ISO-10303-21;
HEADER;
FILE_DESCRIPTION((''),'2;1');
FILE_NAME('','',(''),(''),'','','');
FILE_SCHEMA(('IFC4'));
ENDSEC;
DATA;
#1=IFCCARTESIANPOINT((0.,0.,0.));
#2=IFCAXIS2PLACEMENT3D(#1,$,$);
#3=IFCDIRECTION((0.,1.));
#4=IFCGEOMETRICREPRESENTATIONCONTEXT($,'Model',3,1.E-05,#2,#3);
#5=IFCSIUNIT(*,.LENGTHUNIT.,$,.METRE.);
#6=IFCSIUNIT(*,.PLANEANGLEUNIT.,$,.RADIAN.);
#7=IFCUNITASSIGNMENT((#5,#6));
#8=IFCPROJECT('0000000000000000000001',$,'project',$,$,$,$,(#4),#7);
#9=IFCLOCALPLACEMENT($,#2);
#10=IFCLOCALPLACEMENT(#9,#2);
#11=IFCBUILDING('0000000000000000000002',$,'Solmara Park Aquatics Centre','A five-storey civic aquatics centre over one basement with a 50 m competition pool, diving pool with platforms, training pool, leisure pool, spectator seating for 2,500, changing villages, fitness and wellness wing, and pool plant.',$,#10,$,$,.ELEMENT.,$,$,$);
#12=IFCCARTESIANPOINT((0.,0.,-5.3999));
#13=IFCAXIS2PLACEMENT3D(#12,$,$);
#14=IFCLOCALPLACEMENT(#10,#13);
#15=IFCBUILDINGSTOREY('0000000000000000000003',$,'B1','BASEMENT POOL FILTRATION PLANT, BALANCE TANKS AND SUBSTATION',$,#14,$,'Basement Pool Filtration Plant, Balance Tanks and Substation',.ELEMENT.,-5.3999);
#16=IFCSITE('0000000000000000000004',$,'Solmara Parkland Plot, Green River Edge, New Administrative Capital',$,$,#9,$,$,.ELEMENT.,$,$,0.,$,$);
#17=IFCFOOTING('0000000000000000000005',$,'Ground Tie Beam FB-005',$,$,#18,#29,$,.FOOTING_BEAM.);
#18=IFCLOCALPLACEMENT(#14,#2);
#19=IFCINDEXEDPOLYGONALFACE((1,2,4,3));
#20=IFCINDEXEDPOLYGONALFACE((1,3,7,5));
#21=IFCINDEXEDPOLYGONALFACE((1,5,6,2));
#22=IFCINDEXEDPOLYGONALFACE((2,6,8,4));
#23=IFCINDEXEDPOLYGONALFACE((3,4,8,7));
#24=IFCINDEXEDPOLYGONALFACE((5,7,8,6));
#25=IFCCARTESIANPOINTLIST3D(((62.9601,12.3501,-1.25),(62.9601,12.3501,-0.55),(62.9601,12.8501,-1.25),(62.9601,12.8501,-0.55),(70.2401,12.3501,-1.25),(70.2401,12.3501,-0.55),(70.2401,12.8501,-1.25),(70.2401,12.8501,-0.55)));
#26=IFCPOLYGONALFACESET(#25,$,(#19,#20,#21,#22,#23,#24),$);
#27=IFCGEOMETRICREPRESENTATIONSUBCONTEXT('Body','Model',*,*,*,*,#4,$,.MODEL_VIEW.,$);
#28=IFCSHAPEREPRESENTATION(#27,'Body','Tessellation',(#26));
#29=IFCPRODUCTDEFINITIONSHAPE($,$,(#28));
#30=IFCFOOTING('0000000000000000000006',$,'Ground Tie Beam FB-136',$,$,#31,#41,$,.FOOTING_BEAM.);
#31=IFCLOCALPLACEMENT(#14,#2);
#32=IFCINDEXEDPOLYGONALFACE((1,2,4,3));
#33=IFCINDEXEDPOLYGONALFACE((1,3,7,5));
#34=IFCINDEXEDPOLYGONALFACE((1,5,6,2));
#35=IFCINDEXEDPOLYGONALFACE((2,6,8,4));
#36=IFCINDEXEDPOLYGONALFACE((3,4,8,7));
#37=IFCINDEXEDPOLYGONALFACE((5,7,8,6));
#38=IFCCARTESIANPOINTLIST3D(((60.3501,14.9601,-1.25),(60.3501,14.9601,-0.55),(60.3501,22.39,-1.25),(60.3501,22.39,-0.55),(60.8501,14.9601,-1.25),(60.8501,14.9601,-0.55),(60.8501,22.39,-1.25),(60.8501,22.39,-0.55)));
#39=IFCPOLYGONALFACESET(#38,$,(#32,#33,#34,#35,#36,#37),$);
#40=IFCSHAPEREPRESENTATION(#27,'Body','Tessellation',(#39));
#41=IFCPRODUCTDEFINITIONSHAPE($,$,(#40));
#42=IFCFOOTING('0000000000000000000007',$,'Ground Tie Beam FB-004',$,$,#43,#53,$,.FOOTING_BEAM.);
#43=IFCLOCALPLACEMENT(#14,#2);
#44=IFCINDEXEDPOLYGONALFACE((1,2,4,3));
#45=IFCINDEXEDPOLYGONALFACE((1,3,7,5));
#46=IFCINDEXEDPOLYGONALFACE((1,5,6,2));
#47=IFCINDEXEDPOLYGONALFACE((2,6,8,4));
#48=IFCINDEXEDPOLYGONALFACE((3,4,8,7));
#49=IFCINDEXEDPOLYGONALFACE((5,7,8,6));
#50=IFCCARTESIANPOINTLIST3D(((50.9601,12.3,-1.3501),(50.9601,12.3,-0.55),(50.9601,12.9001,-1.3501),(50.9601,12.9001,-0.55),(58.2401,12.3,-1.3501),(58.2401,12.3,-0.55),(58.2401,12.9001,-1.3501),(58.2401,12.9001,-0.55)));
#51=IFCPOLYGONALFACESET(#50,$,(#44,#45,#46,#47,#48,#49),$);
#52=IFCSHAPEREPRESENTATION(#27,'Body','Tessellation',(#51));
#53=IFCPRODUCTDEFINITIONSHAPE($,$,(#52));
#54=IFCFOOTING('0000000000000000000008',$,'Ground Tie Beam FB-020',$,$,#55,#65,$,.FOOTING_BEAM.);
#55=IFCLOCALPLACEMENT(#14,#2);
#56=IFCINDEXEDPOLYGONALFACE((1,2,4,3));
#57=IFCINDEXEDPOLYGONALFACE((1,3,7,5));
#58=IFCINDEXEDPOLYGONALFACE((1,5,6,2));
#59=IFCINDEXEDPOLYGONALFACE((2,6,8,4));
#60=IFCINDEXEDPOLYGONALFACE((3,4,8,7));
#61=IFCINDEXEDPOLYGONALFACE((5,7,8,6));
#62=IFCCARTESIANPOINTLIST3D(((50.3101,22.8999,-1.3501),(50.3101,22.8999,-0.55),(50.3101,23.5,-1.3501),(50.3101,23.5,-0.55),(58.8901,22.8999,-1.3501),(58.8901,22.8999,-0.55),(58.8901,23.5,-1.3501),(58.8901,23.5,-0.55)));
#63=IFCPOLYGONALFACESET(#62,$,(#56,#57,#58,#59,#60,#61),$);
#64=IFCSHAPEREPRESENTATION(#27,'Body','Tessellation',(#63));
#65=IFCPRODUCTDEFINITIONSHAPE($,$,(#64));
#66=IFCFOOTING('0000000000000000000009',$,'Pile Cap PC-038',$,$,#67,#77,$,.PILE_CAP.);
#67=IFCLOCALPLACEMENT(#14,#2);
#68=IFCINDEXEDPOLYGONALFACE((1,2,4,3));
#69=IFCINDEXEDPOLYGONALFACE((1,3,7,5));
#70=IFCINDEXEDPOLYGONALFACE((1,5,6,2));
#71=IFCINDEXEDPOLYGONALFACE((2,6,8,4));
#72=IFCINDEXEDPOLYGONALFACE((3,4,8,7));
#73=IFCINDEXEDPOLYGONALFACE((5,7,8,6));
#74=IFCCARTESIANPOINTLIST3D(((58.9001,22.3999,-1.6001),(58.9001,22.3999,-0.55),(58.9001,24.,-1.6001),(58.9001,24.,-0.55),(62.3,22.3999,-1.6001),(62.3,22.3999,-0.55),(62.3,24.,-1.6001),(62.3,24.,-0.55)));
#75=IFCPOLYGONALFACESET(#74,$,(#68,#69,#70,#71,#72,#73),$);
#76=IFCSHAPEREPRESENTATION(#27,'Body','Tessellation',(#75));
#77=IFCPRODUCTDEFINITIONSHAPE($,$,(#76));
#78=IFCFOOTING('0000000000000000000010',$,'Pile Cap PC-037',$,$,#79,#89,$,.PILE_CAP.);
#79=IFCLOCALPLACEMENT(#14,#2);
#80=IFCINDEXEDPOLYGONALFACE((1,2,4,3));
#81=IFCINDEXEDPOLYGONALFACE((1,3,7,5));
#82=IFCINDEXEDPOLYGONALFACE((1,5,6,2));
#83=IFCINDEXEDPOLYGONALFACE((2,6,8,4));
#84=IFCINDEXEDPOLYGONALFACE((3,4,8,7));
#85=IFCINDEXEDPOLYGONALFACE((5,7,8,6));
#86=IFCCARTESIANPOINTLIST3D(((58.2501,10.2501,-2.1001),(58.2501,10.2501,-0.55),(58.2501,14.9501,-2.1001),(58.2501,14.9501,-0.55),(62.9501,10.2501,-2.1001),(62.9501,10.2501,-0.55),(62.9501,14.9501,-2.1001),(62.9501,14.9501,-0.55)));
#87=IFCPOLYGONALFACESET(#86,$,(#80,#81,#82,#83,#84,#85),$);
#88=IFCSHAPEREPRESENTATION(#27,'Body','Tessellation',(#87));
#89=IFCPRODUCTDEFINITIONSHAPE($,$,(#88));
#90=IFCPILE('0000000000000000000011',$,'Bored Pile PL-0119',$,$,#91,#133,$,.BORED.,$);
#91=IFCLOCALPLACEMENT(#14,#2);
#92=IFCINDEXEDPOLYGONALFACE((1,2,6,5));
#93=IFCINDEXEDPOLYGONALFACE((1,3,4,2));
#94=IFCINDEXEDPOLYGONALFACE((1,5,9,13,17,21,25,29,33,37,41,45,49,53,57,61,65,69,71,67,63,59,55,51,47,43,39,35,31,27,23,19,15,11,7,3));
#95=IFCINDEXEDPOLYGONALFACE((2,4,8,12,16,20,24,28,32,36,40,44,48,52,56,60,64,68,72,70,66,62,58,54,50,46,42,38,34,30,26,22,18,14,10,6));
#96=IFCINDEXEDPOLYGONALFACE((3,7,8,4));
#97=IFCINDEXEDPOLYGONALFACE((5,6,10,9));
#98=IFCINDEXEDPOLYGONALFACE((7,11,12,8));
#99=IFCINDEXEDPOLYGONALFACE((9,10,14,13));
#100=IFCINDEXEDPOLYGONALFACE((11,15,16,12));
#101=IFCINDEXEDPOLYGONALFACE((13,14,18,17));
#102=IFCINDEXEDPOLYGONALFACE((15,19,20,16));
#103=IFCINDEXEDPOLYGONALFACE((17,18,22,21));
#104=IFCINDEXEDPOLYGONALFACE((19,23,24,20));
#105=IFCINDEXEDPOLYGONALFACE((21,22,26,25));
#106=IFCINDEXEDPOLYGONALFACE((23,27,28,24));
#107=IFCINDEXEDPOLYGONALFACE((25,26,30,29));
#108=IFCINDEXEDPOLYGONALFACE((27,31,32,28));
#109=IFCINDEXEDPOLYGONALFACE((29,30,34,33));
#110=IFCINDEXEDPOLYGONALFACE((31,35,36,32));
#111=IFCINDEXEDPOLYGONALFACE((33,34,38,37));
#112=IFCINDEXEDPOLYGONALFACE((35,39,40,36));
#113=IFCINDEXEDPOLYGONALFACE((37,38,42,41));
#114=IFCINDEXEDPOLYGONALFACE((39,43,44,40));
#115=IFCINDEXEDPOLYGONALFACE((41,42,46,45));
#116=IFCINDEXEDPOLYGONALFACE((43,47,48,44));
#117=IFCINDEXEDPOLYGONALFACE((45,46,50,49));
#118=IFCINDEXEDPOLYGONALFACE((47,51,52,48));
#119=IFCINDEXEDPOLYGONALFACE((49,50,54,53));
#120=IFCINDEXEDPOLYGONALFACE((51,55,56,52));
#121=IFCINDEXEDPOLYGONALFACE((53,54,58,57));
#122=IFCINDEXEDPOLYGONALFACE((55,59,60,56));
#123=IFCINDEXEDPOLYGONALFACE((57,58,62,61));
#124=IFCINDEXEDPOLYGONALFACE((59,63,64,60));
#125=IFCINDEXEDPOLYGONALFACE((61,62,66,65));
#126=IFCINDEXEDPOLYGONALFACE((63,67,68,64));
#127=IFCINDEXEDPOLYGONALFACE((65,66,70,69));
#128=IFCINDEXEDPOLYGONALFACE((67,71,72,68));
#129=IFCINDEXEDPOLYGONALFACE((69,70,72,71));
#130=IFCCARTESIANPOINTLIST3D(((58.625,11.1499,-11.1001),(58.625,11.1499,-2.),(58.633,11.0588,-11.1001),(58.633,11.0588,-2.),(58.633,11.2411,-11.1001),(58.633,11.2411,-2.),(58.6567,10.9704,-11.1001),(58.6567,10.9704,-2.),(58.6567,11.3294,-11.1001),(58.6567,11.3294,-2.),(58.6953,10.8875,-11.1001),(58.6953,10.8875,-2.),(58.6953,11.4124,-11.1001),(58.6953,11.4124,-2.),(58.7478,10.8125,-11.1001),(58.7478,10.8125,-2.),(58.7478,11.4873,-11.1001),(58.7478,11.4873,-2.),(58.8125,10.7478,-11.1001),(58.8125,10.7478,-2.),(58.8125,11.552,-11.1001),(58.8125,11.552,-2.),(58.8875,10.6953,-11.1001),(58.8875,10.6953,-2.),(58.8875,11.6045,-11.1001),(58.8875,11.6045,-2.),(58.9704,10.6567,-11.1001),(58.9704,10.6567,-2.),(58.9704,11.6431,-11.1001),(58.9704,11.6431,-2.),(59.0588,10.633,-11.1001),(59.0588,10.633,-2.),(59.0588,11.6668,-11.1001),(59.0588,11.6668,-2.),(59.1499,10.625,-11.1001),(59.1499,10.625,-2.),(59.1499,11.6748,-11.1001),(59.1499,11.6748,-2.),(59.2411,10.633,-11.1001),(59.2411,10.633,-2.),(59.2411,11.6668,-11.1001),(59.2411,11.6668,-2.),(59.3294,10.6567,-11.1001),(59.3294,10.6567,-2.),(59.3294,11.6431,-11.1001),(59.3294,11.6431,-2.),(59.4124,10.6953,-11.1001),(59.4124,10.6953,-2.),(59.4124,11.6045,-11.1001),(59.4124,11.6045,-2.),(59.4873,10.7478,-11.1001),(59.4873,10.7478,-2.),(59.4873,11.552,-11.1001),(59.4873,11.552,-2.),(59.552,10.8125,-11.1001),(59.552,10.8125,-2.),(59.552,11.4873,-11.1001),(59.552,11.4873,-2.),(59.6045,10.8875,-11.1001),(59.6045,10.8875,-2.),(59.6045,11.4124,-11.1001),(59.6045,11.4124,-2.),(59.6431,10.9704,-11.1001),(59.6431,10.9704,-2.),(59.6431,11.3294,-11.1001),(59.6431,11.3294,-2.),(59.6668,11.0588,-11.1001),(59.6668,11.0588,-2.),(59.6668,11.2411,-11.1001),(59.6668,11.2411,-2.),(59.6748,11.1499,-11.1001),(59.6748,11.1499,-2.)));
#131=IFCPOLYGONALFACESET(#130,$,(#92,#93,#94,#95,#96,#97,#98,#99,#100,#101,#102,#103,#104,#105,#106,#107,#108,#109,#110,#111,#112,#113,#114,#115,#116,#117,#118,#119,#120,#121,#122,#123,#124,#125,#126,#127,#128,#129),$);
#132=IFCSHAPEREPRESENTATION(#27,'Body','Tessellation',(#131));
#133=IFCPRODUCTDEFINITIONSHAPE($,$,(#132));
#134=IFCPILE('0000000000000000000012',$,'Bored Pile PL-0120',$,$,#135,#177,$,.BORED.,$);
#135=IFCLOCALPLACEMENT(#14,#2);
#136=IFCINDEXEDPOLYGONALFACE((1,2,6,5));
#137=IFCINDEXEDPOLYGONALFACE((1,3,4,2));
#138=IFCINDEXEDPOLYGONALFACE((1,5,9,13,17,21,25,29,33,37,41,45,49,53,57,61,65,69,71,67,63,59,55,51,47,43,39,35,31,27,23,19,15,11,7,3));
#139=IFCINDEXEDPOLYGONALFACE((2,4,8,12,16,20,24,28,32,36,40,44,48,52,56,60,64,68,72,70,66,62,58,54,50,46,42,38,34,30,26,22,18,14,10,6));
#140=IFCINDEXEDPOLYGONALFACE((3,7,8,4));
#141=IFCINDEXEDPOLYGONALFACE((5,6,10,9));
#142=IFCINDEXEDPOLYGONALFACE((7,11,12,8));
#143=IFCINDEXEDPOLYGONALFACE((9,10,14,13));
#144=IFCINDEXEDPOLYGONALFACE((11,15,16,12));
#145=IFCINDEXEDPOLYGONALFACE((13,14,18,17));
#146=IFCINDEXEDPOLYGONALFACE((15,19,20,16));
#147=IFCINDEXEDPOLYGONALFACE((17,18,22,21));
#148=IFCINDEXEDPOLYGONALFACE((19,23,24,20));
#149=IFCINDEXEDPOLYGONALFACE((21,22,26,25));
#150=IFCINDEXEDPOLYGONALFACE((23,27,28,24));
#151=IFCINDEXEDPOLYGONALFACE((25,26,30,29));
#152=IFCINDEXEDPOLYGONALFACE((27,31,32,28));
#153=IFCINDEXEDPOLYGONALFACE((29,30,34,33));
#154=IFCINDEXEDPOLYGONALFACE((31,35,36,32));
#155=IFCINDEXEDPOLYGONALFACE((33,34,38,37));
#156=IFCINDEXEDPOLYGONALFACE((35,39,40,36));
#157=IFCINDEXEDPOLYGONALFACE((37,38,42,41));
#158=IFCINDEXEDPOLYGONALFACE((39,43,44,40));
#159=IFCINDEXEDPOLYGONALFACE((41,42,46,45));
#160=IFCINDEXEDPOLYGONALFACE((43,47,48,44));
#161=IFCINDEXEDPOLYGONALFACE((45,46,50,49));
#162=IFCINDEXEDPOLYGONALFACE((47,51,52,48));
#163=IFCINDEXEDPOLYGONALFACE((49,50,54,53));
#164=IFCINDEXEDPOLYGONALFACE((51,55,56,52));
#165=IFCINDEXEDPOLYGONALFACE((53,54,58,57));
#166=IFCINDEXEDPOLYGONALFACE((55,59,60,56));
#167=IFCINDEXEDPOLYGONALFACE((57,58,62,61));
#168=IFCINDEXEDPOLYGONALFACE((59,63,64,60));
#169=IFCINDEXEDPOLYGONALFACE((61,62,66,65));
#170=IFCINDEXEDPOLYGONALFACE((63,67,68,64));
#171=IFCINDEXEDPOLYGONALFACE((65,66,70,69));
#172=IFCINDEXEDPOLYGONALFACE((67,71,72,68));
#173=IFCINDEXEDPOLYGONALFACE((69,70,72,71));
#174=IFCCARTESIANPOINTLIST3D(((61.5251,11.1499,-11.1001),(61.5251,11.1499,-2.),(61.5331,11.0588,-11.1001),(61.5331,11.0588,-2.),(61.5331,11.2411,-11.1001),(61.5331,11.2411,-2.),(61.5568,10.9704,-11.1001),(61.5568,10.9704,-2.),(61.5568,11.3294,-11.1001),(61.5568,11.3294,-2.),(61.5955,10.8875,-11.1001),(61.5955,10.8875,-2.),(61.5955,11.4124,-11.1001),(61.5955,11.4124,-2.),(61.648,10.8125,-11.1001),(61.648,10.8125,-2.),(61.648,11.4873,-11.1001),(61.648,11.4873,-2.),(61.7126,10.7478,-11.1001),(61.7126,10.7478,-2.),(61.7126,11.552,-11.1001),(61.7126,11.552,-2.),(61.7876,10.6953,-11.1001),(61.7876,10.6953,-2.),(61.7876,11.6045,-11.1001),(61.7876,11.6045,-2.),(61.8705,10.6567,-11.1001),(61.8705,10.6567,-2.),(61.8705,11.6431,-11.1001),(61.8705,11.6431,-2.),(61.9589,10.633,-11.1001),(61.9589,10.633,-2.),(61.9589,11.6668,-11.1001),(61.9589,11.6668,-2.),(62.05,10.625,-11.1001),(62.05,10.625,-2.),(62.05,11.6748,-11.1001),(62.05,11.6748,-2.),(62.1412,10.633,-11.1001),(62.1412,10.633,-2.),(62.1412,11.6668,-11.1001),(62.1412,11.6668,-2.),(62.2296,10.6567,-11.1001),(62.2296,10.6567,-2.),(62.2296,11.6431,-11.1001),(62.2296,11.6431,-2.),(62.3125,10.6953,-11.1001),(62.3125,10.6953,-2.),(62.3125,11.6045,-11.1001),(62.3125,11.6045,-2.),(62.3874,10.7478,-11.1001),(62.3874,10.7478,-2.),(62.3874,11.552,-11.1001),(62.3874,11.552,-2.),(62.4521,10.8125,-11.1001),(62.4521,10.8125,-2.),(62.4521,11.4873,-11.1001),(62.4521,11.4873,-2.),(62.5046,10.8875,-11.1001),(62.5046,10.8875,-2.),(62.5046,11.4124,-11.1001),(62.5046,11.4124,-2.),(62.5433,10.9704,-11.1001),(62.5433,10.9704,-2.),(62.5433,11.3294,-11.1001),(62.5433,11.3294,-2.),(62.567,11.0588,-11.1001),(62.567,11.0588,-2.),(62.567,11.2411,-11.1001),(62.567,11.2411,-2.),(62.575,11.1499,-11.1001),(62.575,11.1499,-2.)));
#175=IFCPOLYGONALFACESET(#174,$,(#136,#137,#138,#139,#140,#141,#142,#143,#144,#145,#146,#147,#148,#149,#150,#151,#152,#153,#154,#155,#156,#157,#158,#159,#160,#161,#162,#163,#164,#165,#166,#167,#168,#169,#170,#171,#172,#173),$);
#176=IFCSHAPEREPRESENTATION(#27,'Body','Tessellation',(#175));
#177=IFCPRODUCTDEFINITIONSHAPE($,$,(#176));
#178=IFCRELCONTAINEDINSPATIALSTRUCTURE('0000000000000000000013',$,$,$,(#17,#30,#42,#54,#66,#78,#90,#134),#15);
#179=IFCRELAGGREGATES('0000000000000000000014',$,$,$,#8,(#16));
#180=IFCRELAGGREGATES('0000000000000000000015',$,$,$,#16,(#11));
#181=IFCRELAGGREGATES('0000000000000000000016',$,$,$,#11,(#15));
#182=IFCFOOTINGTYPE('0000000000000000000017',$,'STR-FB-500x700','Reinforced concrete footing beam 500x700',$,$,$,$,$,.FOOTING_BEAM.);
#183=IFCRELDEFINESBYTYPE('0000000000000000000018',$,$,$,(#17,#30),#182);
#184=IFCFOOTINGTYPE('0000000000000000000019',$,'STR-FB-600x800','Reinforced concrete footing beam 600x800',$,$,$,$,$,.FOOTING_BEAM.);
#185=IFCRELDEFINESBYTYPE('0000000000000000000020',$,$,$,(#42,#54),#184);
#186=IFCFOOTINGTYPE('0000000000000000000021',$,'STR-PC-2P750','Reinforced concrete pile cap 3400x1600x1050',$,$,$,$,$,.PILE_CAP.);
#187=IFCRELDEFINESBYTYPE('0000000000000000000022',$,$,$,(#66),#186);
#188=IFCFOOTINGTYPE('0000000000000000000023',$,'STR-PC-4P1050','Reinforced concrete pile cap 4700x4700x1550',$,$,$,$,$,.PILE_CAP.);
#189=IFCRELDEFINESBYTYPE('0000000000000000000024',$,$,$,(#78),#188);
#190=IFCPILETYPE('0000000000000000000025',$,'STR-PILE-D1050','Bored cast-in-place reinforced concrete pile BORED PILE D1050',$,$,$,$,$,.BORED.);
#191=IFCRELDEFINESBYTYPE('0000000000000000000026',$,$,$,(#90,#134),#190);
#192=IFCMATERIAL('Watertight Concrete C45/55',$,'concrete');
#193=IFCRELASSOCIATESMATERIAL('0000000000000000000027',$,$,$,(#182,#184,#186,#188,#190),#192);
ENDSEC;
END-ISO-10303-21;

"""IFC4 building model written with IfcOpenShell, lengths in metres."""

from ifc_helpers import new_model, si_unit, direction, frame, origin, origin_2d, place, context, subcontext, project, spatial, rectangle, circle, extrude, material, material_profile, profile_set, type_object, element, save


model = new_model("IFC4")

# Units and contexts
model_context = context("Model", 3, precision=1e-05, world=origin(), true_north=direction((0.0, 1.0)))
body_context = subcontext(model_context, "Body", "Model", "MODEL_VIEW")
ifc_project = project(units=[si_unit("LENGTHUNIT", "METRE"), si_unit("PLANEANGLEUNIT", "RADIAN")], contexts=[model_context])

# Site, building, storey
site_placement = place(None, origin())
site = spatial("IfcSite", under=ifc_project, at=site_placement, Name="Solmara Parkland Plot, Green River Edge, New Administrative Capital", CompositionType="ELEMENT", RefElevation=0.0)
building_placement = place(site_placement, origin())
building = spatial("IfcBuilding", under=site, at=building_placement, Name="Solmara Park Aquatics Centre", Description="A five-storey civic aquatics centre over one basement with a 50 m competition pool, diving pool with platforms, training pool, leisure pool, spectator seating for 2,500, changing villages, fitness and wellness wing, and pool plant.", CompositionType="ELEMENT")
storey_placement = place(building_placement, frame((0.0, 0.0, -5.3999)))
storey = spatial("IfcBuildingStorey", under=building, at=storey_placement, Name="B1", Description="BASEMENT POOL FILTRATION PLANT, BALANCE TANKS AND SUBSTATION", LongName="Basement Pool Filtration Plant, Balance Tanks and Substation", CompositionType="ELEMENT", Elevation=-5.3999)

# Footings
ifc_material_1 = material(Name="Watertight Concrete C45/55", Category="concrete")
footing_type_1 = type_object("IfcFootingType", Name="STR-FB-500x700", Description="Reinforced concrete footing beam 500x700", PredefinedType="FOOTING_BEAM", material=ifc_material_1)
footing_1_placement = place(storey_placement, frame((66.6001, 12.6001, -1.25), z_axis=(0.0, 0.0, 1.0), x_axis=(1.0, 0.0, 0.0)))
element("IfcFooting", 1, at=footing_1_placement, inside=storey, type_object=footing_type_1, Name="Ground Tie Beam FB-005", PredefinedType="FOOTING_BEAM", context=body_context, shape_type="SweptSolid", body=[
    extrude(rectangle(XDim=7.28, YDim=0.5, at=origin_2d()), origin(), (0.0, 0.0, 1.0), 0.7),
])
footing_2_placement = place(storey_placement, frame((60.6001, 18.675, -1.25), z_axis=(0.0, 0.0, 1.0), x_axis=(1.0, 0.0, 0.0)))
element("IfcFooting", 2, at=footing_2_placement, inside=storey, type_object=footing_type_1, Name="Ground Tie Beam FB-136", PredefinedType="FOOTING_BEAM", context=body_context, shape_type="SweptSolid", body=[
    extrude(rectangle(XDim=0.5, YDim=7.4299, at=origin_2d()), origin(), (0.0, 0.0, 1.0), 0.7),
])
footing_type_2 = type_object("IfcFootingType", Name="STR-FB-600x800", Description="Reinforced concrete footing beam 600x800", PredefinedType="FOOTING_BEAM", material=ifc_material_1)
footing_3_placement = place(storey_placement, frame((54.6001, 12.6001, -1.3501), z_axis=(0.0, 0.0, 1.0), x_axis=(1.0, 0.0, 0.0)))
element("IfcFooting", 3, at=footing_3_placement, inside=storey, type_object=footing_type_2, Name="Ground Tie Beam FB-004", PredefinedType="FOOTING_BEAM", context=body_context, shape_type="SweptSolid", body=[
    extrude(rectangle(XDim=7.28, YDim=0.6001, at=origin_2d()), origin(), (0.0, 0.0, 1.0), 0.8),
])
footing_4_placement = place(storey_placement, frame((54.6001, 23.2, -1.3501), z_axis=(0.0, 0.0, 1.0), x_axis=(1.0, 0.0, 0.0)))
element("IfcFooting", 4, at=footing_4_placement, inside=storey, type_object=footing_type_2, Name="Ground Tie Beam FB-020", PredefinedType="FOOTING_BEAM", context=body_context, shape_type="SweptSolid", body=[
    extrude(rectangle(XDim=8.5801, YDim=0.6001, at=origin_2d()), origin(), (0.0, 0.0, 1.0), 0.8),
])
footing_type_3 = type_object("IfcFootingType", Name="STR-PC-2P750", Description="Reinforced concrete pile cap 3400x1600x1050", PredefinedType="PILE_CAP", material=ifc_material_1)
footing_5_placement = place(storey_placement, frame((60.6001, 23.2, -1.6001), z_axis=(0.0, 0.0, 1.0), x_axis=(1.0, 0.0, 0.0)))
element("IfcFooting", 5, at=footing_5_placement, inside=storey, type_object=footing_type_3, Name="Pile Cap PC-038", PredefinedType="PILE_CAP", context=body_context, shape_type="SweptSolid", body=[
    extrude(rectangle(XDim=3.3999, YDim=1.6001, at=origin_2d()), origin(), (0.0, 0.0, 1.0), 1.05),
])
footing_type_4 = type_object("IfcFootingType", Name="STR-PC-4P1050", Description="Reinforced concrete pile cap 4700x4700x1550", PredefinedType="PILE_CAP", material=ifc_material_1)
footing_6_placement = place(storey_placement, frame((60.6001, 12.6001, -2.1001), z_axis=(0.0, 0.0, 1.0), x_axis=(1.0, 0.0, 0.0)))
element("IfcFooting", 6, at=footing_6_placement, inside=storey, type_object=footing_type_4, Name="Pile Cap PC-037", PredefinedType="PILE_CAP", context=body_context, shape_type="SweptSolid", body=[
    extrude(rectangle(XDim=4.7, YDim=4.7, at=origin_2d()), origin(), (0.0, 0.0, 1.0), 1.55),
])

# Piles
ifc_material_profile_1 = material_profile(ifc_material_1, circle(Radius=0.5249, at=origin_2d()), Name="BORED PILE D1050")
ifc_profile_set_1 = profile_set([ifc_material_profile_1], Name="Watertight Concrete C45/55")
pile_type_1 = type_object("IfcPileType", Name="STR-PILE-D1050", Description="Bored cast-in-place reinforced concrete pile BORED PILE D1050", PredefinedType="BORED", material=ifc_profile_set_1)
for number, where, z_axis, x_axis, name in (
    (7, (59.1499, 11.1499, -2.0), (0.0, 0.0, -1.0), (1.0, 0.0, 0.0), "Bored Pile PL-0119"),
    (8, (62.05, 11.1499, -2.0), (0.0, 0.0, -1.0), (1.0, 0.0, 0.0), "Bored Pile PL-0120"),
):
    element("IfcPile", number, at=place(storey_placement, frame(where, z_axis=z_axis, x_axis=x_axis)), inside=storey, type_object=pile_type_1, Name=name, PredefinedType="BORED", context=body_context, shape_type="SweptSolid", body=[
        extrude(circle(Radius=0.5249, at=origin_2d()), origin(), (0.0, 0.0, 1.0), 9.1001),
    ])

save(model, "model.ifc")
